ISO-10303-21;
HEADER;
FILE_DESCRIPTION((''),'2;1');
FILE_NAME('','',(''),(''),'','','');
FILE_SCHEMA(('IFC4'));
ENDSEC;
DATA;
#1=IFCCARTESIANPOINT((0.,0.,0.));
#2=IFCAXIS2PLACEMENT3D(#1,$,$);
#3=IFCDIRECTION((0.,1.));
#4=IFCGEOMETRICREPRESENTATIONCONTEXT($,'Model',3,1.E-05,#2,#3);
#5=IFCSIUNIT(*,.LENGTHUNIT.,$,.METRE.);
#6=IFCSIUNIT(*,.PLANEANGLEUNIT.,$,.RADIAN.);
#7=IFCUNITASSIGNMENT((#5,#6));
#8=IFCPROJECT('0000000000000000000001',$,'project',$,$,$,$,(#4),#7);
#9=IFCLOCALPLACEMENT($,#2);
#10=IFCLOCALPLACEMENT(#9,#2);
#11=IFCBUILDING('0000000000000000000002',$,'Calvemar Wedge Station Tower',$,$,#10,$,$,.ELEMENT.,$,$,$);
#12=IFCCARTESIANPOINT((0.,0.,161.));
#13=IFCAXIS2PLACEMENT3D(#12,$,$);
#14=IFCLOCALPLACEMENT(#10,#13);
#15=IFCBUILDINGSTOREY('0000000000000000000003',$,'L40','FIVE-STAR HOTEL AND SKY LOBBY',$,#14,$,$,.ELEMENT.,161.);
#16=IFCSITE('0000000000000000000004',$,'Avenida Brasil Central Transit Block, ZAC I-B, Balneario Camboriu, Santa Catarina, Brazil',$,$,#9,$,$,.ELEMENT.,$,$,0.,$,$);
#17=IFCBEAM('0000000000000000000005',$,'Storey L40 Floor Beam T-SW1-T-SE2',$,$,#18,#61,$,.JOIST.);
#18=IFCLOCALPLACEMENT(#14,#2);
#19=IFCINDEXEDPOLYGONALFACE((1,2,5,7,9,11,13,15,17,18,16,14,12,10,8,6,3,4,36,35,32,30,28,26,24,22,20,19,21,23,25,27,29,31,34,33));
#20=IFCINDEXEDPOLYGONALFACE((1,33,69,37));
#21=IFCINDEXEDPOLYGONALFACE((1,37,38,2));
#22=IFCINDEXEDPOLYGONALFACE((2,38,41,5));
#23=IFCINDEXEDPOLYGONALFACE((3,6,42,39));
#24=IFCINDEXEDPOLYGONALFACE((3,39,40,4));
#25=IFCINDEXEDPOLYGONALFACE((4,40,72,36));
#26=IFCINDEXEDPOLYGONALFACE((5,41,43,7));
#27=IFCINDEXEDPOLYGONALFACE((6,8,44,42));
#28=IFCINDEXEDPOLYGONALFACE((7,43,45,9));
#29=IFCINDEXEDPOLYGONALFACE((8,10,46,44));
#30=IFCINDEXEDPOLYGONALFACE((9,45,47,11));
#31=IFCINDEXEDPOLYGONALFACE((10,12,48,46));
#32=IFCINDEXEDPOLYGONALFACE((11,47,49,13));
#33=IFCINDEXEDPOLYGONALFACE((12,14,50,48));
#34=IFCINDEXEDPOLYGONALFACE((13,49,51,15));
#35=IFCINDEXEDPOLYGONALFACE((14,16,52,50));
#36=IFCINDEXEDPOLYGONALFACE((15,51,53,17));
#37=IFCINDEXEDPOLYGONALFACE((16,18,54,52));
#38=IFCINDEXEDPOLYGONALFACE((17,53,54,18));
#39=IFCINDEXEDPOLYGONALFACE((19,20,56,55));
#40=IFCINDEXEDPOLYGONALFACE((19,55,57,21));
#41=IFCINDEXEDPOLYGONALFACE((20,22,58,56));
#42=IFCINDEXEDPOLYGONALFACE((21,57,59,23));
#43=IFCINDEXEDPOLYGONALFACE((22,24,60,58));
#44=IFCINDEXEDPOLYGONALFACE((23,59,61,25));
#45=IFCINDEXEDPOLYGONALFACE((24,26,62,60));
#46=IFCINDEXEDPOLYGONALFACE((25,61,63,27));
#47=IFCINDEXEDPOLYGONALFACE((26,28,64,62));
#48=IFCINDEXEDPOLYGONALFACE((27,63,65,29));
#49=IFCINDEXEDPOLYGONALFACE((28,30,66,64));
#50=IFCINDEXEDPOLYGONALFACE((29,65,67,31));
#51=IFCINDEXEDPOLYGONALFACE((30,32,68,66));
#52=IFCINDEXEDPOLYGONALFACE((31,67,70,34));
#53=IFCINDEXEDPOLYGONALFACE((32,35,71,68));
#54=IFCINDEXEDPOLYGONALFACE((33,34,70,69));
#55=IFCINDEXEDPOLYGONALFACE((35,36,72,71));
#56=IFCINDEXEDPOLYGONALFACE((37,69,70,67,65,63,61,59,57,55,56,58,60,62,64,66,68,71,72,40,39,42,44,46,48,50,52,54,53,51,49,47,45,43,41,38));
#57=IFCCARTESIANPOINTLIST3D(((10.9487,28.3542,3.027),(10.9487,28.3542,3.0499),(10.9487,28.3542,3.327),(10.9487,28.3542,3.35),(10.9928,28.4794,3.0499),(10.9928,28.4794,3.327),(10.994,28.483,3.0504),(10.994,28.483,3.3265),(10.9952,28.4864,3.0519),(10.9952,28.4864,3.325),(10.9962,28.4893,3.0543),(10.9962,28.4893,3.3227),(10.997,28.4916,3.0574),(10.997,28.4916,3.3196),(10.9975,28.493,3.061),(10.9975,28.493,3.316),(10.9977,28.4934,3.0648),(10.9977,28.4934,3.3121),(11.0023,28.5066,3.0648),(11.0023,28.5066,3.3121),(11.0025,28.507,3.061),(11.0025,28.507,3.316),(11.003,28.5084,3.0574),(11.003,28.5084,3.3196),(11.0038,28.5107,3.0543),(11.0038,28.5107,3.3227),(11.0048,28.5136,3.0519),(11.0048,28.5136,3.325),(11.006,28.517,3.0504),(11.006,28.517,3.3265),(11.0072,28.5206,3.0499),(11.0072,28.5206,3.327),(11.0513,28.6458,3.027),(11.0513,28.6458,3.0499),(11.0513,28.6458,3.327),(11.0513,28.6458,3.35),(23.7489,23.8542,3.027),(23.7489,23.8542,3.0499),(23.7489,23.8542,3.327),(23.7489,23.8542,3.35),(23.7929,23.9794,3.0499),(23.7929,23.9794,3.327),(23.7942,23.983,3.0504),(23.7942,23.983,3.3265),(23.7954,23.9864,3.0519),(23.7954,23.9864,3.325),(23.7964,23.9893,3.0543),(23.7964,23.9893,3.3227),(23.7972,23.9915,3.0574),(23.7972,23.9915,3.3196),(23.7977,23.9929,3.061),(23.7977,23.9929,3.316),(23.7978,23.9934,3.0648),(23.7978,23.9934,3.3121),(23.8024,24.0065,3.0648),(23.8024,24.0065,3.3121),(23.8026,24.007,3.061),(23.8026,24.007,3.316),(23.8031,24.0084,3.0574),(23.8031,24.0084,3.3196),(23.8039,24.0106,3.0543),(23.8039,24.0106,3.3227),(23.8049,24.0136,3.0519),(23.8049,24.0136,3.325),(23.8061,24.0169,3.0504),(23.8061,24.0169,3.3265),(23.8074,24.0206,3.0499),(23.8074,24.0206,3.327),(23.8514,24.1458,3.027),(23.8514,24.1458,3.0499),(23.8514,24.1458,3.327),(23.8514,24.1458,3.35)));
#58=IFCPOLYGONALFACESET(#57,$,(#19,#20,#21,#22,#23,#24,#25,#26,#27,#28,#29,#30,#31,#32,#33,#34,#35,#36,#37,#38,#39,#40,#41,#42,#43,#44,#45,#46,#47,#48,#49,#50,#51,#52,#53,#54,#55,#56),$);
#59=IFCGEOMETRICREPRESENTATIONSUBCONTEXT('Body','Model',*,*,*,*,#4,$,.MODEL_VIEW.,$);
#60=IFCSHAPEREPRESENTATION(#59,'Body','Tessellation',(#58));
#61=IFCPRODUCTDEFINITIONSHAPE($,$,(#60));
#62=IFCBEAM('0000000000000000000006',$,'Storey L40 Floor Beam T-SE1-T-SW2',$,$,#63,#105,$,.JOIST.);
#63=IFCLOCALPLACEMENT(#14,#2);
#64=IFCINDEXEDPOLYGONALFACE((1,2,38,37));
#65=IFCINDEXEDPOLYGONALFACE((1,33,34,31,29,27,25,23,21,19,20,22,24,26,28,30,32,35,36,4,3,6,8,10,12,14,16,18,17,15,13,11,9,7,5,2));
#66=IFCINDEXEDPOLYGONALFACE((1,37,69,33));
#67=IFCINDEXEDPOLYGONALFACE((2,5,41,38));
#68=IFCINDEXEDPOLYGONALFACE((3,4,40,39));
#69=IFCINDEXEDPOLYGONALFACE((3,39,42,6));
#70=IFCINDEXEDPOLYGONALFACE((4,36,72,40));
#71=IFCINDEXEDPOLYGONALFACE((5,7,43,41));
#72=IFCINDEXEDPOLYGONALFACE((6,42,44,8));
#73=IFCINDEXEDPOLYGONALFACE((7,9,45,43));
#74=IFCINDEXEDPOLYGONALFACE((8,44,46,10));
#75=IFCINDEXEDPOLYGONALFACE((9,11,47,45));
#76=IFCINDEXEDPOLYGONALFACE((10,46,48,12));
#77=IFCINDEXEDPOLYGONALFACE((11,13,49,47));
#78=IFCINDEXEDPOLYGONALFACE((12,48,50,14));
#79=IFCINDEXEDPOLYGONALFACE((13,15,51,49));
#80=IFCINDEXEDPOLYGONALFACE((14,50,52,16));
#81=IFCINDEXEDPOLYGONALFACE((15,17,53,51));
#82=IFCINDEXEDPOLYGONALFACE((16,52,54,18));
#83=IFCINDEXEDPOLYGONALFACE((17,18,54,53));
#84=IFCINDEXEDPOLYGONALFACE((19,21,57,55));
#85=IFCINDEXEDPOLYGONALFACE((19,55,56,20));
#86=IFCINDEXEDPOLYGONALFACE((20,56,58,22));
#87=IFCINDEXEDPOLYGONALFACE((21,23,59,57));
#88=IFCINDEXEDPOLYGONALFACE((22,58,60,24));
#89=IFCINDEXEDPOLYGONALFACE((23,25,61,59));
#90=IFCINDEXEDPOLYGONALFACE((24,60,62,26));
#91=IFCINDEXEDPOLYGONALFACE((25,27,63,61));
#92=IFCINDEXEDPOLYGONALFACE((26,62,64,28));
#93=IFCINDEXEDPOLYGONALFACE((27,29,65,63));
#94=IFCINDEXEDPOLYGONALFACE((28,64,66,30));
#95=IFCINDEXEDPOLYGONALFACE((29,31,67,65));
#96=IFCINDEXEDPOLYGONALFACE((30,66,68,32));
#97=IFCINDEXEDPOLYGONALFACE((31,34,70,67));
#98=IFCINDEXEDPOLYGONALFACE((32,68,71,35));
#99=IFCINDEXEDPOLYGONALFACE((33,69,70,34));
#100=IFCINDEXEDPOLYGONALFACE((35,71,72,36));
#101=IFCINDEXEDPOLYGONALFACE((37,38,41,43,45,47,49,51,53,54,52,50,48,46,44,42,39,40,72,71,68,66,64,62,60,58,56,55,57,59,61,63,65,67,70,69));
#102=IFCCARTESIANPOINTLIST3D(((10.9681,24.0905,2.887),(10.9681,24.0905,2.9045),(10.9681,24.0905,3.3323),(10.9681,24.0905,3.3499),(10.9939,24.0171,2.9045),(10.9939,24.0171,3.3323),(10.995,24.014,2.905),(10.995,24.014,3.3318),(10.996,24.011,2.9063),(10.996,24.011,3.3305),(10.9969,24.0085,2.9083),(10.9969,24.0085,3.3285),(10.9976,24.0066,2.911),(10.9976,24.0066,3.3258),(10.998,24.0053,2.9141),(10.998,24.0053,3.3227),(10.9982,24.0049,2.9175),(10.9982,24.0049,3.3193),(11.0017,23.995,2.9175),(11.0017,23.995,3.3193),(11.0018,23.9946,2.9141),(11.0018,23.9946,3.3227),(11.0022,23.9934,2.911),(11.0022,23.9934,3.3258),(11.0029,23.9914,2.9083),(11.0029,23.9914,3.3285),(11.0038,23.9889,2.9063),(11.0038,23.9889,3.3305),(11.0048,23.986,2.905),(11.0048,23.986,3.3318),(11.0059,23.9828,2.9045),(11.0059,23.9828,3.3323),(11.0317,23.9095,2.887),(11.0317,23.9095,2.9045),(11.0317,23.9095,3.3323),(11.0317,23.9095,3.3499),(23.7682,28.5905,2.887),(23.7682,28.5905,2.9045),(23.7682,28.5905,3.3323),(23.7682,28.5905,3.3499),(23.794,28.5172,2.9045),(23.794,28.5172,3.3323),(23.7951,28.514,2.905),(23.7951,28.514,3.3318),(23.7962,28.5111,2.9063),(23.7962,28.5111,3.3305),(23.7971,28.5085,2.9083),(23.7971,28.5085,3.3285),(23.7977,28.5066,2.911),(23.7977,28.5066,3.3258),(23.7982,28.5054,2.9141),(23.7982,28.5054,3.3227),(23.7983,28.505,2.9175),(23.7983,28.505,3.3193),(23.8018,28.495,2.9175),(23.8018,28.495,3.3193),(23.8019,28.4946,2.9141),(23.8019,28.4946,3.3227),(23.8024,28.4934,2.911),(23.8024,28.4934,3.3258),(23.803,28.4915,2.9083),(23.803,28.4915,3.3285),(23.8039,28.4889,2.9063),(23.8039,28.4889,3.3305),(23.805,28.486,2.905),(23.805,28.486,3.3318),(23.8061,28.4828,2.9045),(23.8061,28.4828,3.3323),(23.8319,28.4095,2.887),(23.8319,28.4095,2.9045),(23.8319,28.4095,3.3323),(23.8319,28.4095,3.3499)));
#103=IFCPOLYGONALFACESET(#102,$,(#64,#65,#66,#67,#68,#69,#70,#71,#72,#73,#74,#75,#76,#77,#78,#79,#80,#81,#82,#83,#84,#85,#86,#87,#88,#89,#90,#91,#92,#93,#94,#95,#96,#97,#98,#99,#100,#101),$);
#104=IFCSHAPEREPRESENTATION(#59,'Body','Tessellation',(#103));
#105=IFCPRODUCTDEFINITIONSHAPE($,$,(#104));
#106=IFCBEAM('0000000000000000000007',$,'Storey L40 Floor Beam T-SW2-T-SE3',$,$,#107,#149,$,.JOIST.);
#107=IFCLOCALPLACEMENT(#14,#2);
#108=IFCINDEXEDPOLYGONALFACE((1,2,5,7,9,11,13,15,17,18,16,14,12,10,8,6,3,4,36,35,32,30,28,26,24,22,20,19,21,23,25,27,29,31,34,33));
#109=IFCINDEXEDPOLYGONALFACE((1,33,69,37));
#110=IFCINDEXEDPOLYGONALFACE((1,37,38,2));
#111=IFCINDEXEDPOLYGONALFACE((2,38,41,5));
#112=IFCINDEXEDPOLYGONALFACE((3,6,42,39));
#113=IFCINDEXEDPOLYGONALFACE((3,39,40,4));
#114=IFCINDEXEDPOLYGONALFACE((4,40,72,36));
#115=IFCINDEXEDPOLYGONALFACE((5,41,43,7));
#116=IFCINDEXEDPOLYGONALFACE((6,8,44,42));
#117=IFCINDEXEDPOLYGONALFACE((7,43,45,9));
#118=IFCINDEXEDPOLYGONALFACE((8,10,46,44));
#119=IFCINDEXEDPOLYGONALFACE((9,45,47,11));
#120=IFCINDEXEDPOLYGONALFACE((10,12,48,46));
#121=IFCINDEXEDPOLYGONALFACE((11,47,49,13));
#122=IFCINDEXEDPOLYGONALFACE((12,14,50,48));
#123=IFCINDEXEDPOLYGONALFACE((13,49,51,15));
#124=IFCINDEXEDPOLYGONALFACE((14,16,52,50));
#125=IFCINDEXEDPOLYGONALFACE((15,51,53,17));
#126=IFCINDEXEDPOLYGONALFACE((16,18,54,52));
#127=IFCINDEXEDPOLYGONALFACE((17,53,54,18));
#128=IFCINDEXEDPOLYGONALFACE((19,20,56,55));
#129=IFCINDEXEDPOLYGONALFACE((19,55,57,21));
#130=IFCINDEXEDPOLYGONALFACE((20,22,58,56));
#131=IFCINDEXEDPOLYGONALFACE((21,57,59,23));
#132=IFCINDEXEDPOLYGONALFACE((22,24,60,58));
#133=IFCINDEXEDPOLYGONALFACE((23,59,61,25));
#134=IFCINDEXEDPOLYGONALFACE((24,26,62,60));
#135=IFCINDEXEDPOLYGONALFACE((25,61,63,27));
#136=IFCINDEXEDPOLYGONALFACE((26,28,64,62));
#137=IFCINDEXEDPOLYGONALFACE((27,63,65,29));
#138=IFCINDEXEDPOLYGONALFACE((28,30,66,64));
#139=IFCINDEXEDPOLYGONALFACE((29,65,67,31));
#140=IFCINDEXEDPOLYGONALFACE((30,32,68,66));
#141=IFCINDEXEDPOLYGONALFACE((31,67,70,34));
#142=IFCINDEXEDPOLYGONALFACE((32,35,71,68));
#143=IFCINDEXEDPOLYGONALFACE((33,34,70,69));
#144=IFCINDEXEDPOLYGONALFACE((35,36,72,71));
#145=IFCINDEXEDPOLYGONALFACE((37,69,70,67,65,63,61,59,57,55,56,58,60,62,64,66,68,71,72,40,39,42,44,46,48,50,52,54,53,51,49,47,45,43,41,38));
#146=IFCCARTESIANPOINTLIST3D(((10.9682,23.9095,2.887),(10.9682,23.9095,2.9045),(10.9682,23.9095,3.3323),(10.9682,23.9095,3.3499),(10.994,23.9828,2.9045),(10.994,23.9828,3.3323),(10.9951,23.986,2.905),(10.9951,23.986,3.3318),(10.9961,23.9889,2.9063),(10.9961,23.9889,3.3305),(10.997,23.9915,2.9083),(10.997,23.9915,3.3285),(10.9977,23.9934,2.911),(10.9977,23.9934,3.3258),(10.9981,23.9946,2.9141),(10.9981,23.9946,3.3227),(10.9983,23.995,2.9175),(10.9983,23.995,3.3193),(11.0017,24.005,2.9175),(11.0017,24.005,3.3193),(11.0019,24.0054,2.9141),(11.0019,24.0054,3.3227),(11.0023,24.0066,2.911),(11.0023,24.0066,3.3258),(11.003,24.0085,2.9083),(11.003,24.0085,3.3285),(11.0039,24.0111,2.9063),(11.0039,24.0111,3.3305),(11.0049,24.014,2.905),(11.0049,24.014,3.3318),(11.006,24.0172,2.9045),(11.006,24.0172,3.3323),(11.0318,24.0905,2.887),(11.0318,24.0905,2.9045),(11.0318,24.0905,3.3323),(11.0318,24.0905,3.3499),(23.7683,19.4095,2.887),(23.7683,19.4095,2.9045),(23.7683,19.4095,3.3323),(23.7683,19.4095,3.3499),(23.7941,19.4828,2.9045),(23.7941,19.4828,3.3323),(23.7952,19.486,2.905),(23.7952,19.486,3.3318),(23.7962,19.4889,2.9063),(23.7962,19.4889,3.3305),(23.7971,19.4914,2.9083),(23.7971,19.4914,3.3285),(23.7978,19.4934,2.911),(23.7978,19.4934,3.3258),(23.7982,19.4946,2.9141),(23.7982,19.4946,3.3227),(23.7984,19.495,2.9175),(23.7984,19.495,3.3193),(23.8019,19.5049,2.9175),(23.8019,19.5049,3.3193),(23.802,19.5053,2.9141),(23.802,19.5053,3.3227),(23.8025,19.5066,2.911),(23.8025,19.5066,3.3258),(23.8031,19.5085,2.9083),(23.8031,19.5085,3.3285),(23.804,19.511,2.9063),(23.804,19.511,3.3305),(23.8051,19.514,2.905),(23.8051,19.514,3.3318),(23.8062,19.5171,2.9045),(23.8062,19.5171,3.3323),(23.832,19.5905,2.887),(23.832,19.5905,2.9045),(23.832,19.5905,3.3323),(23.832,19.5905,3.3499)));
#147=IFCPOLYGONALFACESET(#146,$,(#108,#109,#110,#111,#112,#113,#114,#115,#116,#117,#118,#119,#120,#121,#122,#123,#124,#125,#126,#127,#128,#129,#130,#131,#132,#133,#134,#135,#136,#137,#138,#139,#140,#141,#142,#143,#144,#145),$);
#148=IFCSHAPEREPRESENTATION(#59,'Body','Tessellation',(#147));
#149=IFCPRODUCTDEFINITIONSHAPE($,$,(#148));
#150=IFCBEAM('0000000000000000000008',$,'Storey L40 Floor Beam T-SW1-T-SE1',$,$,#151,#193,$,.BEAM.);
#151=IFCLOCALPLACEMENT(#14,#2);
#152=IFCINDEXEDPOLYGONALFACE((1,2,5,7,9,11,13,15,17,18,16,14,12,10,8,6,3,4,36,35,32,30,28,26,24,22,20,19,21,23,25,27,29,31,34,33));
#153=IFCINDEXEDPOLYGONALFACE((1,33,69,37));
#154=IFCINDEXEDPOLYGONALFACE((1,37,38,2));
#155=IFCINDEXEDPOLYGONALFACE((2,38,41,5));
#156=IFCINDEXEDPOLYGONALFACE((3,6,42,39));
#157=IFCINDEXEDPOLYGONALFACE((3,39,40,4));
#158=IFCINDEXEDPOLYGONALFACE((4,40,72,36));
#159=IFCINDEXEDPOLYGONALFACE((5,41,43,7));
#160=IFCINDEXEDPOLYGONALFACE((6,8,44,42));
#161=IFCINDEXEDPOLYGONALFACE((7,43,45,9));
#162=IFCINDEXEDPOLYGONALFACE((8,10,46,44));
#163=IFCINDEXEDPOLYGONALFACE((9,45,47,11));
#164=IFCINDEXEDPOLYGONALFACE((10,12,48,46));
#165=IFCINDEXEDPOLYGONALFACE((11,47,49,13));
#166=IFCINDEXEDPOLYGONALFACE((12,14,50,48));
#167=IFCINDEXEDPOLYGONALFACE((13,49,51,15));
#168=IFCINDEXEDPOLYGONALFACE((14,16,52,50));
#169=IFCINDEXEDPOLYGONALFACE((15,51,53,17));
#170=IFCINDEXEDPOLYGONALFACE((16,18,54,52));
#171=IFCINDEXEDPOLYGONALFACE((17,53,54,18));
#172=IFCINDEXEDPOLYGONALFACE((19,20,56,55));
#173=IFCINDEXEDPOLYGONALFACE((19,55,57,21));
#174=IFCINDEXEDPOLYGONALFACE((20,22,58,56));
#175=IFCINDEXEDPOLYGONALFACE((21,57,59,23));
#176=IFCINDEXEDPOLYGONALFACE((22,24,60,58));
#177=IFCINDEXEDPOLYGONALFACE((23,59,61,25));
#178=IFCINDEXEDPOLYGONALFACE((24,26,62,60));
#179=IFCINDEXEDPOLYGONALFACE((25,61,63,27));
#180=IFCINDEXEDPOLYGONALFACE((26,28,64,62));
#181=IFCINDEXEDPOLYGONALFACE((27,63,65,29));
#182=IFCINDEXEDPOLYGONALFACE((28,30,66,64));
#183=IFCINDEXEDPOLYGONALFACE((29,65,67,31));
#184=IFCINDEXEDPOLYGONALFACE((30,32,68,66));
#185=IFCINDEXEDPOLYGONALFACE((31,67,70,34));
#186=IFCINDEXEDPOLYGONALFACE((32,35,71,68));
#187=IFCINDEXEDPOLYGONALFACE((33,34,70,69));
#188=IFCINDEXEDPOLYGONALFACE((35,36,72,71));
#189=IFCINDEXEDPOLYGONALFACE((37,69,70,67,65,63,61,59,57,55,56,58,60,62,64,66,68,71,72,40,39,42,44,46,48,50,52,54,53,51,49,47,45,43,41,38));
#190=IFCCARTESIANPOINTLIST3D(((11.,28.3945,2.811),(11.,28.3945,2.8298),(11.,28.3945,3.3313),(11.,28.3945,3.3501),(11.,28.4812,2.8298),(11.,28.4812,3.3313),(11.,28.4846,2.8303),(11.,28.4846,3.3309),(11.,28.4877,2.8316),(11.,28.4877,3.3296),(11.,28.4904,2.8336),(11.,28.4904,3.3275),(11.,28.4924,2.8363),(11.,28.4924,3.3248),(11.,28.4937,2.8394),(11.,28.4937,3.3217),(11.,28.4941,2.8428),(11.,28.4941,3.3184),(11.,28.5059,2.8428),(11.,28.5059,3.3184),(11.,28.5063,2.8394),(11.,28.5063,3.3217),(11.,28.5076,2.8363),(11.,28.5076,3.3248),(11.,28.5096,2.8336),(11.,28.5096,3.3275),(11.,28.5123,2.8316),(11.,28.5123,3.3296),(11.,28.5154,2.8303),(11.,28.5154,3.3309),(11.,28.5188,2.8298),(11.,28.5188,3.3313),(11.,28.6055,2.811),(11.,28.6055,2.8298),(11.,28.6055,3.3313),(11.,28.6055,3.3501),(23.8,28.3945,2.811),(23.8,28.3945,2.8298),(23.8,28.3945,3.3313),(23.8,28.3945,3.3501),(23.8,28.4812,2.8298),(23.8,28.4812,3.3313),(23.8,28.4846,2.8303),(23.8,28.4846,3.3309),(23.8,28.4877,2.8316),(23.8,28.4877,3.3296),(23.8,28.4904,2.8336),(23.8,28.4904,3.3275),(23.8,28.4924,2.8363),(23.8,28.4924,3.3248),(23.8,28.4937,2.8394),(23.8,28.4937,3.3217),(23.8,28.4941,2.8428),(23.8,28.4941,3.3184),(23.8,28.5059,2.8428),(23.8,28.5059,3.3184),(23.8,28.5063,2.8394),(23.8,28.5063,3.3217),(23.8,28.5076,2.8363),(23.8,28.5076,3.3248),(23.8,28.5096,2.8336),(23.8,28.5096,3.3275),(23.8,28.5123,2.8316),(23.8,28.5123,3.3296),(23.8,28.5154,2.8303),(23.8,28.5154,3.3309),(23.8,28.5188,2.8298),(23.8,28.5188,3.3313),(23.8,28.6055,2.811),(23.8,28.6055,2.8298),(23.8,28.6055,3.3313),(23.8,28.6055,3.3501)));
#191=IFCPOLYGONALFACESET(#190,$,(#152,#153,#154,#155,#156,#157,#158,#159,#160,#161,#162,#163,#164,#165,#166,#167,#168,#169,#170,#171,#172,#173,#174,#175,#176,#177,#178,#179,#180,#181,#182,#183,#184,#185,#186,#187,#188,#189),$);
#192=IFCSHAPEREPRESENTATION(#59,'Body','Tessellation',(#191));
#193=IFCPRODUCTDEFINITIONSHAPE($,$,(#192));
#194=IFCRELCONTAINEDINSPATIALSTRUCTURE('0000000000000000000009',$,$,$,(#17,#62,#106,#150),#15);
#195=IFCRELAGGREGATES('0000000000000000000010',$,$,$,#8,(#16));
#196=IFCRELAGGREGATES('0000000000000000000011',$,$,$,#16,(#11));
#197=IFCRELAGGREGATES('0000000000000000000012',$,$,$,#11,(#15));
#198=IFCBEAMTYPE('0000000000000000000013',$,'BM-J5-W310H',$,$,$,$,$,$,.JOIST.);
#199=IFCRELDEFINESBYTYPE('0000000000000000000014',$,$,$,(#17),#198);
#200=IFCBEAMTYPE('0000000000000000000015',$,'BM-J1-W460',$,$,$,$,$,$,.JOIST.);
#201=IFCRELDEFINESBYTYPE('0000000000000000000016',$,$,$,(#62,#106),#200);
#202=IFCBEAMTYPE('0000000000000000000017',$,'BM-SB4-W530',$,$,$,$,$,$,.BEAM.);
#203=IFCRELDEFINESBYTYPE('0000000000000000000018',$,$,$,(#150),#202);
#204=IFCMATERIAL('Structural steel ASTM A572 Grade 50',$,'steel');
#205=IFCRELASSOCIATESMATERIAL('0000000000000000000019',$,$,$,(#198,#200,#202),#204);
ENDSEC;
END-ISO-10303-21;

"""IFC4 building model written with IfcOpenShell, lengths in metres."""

from ifc_helpers import new_model, si_unit, direction, frame, origin, origin_2d, place, context, subcontext, project, spatial, i_section, extrude, source, transform, mapped, material, material_profile, profile_set, type_object, element, save


model = new_model("IFC4")

# Units and contexts
model_context = context("Model", 3, precision=1e-05, world=origin(), true_north=direction((0.0, 1.0)))
body_context = subcontext(model_context, "Body", "Model", "MODEL_VIEW")
ifc_project = project(units=[si_unit("LENGTHUNIT", "METRE"), si_unit("PLANEANGLEUNIT", "RADIAN")], contexts=[model_context])

# Site, building, storey
site_placement = place(None, origin())
site = spatial("IfcSite", under=ifc_project, at=site_placement, Name="Avenida Brasil Central Transit Block, ZAC I-B, Balneario Camboriu, Santa Catarina, Brazil", CompositionType="ELEMENT", RefElevation=0.0)
building_placement = place(site_placement, origin())
building = spatial("IfcBuilding", under=site, at=building_placement, Name="Calvemar Wedge Station Tower", CompositionType="ELEMENT")
storey_placement = place(building_placement, frame((0.0, 0.0, 161.0)))
storey = spatial("IfcBuildingStorey", under=building, at=storey_placement, Name="L40", Description="FIVE-STAR HOTEL AND SKY LOBBY", CompositionType="ELEMENT", Elevation=161.0)

# Beams
ifc_material_1 = material(Name="Structural steel ASTM A572 Grade 50", Category="steel")
ifc_material_profile_1 = material_profile(ifc_material_1, i_section(OverallWidth=0.3091, OverallDepth=0.323, WebThickness=0.0139, FlangeThickness=0.0229, FilletRadius=0.0149, at=origin_2d()), Name="W310x143")
ifc_profile_set_1 = profile_set([ifc_material_profile_1], Name="Structural steel ASTM A572 Grade 50")
beam_type_1 = type_object("IfcBeamType", Name="BM-J5-W310H", PredefinedType="JOIST", material=ifc_profile_set_1)
shared_shape_1 = source(origin(), body_context, "Body", "SweptSolid", [
    extrude(i_section(OverallWidth=0.3091, OverallDepth=0.323, WebThickness=0.0139, FlangeThickness=0.0229, FilletRadius=0.0149, at=origin_2d()), origin(), (0.0, 0.0, 1.0), 13.5681),
])
for number, where, z_axis, x_axis, name in (
    (1, (11.0, 28.5, 3.1885), (0.943398, -0.331662, 0.0), (0.331662, 0.943398, 0.0), "Storey L40 Floor Beam T-SW1-T-SE2"),
):
    element("IfcBeam", number, at=place(storey_placement, frame(where, z_axis=z_axis, x_axis=x_axis)), inside=storey, type_object=beam_type_1, Name=name, PredefinedType="JOIST", context=body_context, shape_type="MappedRepresentation", body=[
        mapped(shared_shape_1, transform((0.0, 0.0, 0.0), scale=1.0)),
    ])
ifc_material_profile_2 = material_profile(ifc_material_1, i_section(OverallWidth=0.1919, OverallDepth=0.4629, WebThickness=0.0105, FlangeThickness=0.0176, FilletRadius=0.0129, at=origin_2d()), Name="W460x89")
ifc_profile_set_2 = profile_set([ifc_material_profile_2], Name="Structural steel ASTM A572 Grade 50")
beam_type_2 = type_object("IfcBeamType", Name="BM-J1-W460", PredefinedType="JOIST", material=ifc_profile_set_2)
shared_shape_2 = source(origin(), body_context, "Body", "SweptSolid", [
    extrude(i_section(OverallWidth=0.1919, OverallDepth=0.4629, WebThickness=0.0105, FlangeThickness=0.0176, FilletRadius=0.0129, at=origin_2d()), origin(), (0.0, 0.0, 1.0), 13.5681),
])
for number, where, z_axis, x_axis, name in (
    (2, (23.8, 28.5, 3.1184), (-0.943398, -0.331662, 0.0), (0.331662, -0.943398, 0.0), "Storey L40 Floor Beam T-SE1-T-SW2"),
    (3, (11.0, 24.0, 3.1184), (0.943398, -0.331662, 0.0), (0.331662, 0.943398, 0.0), "Storey L40 Floor Beam T-SW2-T-SE3"),
):
    element("IfcBeam", number, at=place(storey_placement, frame(where, z_axis=z_axis, x_axis=x_axis)), inside=storey, type_object=beam_type_2, Name=name, PredefinedType="JOIST", context=body_context, shape_type="MappedRepresentation", body=[
        mapped(shared_shape_2, transform((0.0, 0.0, 0.0), scale=1.0)),
    ])
ifc_material_profile_3 = material_profile(ifc_material_1, i_section(OverallWidth=0.2109, OverallDepth=0.5391, WebThickness=0.0117, FlangeThickness=0.0188, FilletRadius=0.0129, at=origin_2d()), Name="W530x109")
ifc_profile_set_3 = profile_set([ifc_material_profile_3], Name="Structural steel ASTM A572 Grade 50")
beam_type_3 = type_object("IfcBeamType", Name="BM-SB4-W530", PredefinedType="BEAM", material=ifc_profile_set_3)
shared_shape_3 = source(origin(), body_context, "Body", "SweptSolid", [
    extrude(i_section(OverallWidth=0.2109, OverallDepth=0.5391, WebThickness=0.0117, FlangeThickness=0.0188, FilletRadius=0.0129, at=origin_2d()), origin(), (0.0, 0.0, 1.0), 12.8),
])
for number, where, z_axis, x_axis, name in (
    (4, (11.0, 28.5, 3.0806), (1.0, 0.0, 0.0), (0.0, 1.0, 0.0), "Storey L40 Floor Beam T-SW1-T-SE1"),
):
    element("IfcBeam", number, at=place(storey_placement, frame(where, z_axis=z_axis, x_axis=x_axis)), inside=storey, type_object=beam_type_3, Name=name, PredefinedType="BEAM", context=body_context, shape_type="MappedRepresentation", body=[
        mapped(shared_shape_3, transform((0.0, 0.0, 0.0), scale=1.0)),
    ])

save(model, "model.ifc")
